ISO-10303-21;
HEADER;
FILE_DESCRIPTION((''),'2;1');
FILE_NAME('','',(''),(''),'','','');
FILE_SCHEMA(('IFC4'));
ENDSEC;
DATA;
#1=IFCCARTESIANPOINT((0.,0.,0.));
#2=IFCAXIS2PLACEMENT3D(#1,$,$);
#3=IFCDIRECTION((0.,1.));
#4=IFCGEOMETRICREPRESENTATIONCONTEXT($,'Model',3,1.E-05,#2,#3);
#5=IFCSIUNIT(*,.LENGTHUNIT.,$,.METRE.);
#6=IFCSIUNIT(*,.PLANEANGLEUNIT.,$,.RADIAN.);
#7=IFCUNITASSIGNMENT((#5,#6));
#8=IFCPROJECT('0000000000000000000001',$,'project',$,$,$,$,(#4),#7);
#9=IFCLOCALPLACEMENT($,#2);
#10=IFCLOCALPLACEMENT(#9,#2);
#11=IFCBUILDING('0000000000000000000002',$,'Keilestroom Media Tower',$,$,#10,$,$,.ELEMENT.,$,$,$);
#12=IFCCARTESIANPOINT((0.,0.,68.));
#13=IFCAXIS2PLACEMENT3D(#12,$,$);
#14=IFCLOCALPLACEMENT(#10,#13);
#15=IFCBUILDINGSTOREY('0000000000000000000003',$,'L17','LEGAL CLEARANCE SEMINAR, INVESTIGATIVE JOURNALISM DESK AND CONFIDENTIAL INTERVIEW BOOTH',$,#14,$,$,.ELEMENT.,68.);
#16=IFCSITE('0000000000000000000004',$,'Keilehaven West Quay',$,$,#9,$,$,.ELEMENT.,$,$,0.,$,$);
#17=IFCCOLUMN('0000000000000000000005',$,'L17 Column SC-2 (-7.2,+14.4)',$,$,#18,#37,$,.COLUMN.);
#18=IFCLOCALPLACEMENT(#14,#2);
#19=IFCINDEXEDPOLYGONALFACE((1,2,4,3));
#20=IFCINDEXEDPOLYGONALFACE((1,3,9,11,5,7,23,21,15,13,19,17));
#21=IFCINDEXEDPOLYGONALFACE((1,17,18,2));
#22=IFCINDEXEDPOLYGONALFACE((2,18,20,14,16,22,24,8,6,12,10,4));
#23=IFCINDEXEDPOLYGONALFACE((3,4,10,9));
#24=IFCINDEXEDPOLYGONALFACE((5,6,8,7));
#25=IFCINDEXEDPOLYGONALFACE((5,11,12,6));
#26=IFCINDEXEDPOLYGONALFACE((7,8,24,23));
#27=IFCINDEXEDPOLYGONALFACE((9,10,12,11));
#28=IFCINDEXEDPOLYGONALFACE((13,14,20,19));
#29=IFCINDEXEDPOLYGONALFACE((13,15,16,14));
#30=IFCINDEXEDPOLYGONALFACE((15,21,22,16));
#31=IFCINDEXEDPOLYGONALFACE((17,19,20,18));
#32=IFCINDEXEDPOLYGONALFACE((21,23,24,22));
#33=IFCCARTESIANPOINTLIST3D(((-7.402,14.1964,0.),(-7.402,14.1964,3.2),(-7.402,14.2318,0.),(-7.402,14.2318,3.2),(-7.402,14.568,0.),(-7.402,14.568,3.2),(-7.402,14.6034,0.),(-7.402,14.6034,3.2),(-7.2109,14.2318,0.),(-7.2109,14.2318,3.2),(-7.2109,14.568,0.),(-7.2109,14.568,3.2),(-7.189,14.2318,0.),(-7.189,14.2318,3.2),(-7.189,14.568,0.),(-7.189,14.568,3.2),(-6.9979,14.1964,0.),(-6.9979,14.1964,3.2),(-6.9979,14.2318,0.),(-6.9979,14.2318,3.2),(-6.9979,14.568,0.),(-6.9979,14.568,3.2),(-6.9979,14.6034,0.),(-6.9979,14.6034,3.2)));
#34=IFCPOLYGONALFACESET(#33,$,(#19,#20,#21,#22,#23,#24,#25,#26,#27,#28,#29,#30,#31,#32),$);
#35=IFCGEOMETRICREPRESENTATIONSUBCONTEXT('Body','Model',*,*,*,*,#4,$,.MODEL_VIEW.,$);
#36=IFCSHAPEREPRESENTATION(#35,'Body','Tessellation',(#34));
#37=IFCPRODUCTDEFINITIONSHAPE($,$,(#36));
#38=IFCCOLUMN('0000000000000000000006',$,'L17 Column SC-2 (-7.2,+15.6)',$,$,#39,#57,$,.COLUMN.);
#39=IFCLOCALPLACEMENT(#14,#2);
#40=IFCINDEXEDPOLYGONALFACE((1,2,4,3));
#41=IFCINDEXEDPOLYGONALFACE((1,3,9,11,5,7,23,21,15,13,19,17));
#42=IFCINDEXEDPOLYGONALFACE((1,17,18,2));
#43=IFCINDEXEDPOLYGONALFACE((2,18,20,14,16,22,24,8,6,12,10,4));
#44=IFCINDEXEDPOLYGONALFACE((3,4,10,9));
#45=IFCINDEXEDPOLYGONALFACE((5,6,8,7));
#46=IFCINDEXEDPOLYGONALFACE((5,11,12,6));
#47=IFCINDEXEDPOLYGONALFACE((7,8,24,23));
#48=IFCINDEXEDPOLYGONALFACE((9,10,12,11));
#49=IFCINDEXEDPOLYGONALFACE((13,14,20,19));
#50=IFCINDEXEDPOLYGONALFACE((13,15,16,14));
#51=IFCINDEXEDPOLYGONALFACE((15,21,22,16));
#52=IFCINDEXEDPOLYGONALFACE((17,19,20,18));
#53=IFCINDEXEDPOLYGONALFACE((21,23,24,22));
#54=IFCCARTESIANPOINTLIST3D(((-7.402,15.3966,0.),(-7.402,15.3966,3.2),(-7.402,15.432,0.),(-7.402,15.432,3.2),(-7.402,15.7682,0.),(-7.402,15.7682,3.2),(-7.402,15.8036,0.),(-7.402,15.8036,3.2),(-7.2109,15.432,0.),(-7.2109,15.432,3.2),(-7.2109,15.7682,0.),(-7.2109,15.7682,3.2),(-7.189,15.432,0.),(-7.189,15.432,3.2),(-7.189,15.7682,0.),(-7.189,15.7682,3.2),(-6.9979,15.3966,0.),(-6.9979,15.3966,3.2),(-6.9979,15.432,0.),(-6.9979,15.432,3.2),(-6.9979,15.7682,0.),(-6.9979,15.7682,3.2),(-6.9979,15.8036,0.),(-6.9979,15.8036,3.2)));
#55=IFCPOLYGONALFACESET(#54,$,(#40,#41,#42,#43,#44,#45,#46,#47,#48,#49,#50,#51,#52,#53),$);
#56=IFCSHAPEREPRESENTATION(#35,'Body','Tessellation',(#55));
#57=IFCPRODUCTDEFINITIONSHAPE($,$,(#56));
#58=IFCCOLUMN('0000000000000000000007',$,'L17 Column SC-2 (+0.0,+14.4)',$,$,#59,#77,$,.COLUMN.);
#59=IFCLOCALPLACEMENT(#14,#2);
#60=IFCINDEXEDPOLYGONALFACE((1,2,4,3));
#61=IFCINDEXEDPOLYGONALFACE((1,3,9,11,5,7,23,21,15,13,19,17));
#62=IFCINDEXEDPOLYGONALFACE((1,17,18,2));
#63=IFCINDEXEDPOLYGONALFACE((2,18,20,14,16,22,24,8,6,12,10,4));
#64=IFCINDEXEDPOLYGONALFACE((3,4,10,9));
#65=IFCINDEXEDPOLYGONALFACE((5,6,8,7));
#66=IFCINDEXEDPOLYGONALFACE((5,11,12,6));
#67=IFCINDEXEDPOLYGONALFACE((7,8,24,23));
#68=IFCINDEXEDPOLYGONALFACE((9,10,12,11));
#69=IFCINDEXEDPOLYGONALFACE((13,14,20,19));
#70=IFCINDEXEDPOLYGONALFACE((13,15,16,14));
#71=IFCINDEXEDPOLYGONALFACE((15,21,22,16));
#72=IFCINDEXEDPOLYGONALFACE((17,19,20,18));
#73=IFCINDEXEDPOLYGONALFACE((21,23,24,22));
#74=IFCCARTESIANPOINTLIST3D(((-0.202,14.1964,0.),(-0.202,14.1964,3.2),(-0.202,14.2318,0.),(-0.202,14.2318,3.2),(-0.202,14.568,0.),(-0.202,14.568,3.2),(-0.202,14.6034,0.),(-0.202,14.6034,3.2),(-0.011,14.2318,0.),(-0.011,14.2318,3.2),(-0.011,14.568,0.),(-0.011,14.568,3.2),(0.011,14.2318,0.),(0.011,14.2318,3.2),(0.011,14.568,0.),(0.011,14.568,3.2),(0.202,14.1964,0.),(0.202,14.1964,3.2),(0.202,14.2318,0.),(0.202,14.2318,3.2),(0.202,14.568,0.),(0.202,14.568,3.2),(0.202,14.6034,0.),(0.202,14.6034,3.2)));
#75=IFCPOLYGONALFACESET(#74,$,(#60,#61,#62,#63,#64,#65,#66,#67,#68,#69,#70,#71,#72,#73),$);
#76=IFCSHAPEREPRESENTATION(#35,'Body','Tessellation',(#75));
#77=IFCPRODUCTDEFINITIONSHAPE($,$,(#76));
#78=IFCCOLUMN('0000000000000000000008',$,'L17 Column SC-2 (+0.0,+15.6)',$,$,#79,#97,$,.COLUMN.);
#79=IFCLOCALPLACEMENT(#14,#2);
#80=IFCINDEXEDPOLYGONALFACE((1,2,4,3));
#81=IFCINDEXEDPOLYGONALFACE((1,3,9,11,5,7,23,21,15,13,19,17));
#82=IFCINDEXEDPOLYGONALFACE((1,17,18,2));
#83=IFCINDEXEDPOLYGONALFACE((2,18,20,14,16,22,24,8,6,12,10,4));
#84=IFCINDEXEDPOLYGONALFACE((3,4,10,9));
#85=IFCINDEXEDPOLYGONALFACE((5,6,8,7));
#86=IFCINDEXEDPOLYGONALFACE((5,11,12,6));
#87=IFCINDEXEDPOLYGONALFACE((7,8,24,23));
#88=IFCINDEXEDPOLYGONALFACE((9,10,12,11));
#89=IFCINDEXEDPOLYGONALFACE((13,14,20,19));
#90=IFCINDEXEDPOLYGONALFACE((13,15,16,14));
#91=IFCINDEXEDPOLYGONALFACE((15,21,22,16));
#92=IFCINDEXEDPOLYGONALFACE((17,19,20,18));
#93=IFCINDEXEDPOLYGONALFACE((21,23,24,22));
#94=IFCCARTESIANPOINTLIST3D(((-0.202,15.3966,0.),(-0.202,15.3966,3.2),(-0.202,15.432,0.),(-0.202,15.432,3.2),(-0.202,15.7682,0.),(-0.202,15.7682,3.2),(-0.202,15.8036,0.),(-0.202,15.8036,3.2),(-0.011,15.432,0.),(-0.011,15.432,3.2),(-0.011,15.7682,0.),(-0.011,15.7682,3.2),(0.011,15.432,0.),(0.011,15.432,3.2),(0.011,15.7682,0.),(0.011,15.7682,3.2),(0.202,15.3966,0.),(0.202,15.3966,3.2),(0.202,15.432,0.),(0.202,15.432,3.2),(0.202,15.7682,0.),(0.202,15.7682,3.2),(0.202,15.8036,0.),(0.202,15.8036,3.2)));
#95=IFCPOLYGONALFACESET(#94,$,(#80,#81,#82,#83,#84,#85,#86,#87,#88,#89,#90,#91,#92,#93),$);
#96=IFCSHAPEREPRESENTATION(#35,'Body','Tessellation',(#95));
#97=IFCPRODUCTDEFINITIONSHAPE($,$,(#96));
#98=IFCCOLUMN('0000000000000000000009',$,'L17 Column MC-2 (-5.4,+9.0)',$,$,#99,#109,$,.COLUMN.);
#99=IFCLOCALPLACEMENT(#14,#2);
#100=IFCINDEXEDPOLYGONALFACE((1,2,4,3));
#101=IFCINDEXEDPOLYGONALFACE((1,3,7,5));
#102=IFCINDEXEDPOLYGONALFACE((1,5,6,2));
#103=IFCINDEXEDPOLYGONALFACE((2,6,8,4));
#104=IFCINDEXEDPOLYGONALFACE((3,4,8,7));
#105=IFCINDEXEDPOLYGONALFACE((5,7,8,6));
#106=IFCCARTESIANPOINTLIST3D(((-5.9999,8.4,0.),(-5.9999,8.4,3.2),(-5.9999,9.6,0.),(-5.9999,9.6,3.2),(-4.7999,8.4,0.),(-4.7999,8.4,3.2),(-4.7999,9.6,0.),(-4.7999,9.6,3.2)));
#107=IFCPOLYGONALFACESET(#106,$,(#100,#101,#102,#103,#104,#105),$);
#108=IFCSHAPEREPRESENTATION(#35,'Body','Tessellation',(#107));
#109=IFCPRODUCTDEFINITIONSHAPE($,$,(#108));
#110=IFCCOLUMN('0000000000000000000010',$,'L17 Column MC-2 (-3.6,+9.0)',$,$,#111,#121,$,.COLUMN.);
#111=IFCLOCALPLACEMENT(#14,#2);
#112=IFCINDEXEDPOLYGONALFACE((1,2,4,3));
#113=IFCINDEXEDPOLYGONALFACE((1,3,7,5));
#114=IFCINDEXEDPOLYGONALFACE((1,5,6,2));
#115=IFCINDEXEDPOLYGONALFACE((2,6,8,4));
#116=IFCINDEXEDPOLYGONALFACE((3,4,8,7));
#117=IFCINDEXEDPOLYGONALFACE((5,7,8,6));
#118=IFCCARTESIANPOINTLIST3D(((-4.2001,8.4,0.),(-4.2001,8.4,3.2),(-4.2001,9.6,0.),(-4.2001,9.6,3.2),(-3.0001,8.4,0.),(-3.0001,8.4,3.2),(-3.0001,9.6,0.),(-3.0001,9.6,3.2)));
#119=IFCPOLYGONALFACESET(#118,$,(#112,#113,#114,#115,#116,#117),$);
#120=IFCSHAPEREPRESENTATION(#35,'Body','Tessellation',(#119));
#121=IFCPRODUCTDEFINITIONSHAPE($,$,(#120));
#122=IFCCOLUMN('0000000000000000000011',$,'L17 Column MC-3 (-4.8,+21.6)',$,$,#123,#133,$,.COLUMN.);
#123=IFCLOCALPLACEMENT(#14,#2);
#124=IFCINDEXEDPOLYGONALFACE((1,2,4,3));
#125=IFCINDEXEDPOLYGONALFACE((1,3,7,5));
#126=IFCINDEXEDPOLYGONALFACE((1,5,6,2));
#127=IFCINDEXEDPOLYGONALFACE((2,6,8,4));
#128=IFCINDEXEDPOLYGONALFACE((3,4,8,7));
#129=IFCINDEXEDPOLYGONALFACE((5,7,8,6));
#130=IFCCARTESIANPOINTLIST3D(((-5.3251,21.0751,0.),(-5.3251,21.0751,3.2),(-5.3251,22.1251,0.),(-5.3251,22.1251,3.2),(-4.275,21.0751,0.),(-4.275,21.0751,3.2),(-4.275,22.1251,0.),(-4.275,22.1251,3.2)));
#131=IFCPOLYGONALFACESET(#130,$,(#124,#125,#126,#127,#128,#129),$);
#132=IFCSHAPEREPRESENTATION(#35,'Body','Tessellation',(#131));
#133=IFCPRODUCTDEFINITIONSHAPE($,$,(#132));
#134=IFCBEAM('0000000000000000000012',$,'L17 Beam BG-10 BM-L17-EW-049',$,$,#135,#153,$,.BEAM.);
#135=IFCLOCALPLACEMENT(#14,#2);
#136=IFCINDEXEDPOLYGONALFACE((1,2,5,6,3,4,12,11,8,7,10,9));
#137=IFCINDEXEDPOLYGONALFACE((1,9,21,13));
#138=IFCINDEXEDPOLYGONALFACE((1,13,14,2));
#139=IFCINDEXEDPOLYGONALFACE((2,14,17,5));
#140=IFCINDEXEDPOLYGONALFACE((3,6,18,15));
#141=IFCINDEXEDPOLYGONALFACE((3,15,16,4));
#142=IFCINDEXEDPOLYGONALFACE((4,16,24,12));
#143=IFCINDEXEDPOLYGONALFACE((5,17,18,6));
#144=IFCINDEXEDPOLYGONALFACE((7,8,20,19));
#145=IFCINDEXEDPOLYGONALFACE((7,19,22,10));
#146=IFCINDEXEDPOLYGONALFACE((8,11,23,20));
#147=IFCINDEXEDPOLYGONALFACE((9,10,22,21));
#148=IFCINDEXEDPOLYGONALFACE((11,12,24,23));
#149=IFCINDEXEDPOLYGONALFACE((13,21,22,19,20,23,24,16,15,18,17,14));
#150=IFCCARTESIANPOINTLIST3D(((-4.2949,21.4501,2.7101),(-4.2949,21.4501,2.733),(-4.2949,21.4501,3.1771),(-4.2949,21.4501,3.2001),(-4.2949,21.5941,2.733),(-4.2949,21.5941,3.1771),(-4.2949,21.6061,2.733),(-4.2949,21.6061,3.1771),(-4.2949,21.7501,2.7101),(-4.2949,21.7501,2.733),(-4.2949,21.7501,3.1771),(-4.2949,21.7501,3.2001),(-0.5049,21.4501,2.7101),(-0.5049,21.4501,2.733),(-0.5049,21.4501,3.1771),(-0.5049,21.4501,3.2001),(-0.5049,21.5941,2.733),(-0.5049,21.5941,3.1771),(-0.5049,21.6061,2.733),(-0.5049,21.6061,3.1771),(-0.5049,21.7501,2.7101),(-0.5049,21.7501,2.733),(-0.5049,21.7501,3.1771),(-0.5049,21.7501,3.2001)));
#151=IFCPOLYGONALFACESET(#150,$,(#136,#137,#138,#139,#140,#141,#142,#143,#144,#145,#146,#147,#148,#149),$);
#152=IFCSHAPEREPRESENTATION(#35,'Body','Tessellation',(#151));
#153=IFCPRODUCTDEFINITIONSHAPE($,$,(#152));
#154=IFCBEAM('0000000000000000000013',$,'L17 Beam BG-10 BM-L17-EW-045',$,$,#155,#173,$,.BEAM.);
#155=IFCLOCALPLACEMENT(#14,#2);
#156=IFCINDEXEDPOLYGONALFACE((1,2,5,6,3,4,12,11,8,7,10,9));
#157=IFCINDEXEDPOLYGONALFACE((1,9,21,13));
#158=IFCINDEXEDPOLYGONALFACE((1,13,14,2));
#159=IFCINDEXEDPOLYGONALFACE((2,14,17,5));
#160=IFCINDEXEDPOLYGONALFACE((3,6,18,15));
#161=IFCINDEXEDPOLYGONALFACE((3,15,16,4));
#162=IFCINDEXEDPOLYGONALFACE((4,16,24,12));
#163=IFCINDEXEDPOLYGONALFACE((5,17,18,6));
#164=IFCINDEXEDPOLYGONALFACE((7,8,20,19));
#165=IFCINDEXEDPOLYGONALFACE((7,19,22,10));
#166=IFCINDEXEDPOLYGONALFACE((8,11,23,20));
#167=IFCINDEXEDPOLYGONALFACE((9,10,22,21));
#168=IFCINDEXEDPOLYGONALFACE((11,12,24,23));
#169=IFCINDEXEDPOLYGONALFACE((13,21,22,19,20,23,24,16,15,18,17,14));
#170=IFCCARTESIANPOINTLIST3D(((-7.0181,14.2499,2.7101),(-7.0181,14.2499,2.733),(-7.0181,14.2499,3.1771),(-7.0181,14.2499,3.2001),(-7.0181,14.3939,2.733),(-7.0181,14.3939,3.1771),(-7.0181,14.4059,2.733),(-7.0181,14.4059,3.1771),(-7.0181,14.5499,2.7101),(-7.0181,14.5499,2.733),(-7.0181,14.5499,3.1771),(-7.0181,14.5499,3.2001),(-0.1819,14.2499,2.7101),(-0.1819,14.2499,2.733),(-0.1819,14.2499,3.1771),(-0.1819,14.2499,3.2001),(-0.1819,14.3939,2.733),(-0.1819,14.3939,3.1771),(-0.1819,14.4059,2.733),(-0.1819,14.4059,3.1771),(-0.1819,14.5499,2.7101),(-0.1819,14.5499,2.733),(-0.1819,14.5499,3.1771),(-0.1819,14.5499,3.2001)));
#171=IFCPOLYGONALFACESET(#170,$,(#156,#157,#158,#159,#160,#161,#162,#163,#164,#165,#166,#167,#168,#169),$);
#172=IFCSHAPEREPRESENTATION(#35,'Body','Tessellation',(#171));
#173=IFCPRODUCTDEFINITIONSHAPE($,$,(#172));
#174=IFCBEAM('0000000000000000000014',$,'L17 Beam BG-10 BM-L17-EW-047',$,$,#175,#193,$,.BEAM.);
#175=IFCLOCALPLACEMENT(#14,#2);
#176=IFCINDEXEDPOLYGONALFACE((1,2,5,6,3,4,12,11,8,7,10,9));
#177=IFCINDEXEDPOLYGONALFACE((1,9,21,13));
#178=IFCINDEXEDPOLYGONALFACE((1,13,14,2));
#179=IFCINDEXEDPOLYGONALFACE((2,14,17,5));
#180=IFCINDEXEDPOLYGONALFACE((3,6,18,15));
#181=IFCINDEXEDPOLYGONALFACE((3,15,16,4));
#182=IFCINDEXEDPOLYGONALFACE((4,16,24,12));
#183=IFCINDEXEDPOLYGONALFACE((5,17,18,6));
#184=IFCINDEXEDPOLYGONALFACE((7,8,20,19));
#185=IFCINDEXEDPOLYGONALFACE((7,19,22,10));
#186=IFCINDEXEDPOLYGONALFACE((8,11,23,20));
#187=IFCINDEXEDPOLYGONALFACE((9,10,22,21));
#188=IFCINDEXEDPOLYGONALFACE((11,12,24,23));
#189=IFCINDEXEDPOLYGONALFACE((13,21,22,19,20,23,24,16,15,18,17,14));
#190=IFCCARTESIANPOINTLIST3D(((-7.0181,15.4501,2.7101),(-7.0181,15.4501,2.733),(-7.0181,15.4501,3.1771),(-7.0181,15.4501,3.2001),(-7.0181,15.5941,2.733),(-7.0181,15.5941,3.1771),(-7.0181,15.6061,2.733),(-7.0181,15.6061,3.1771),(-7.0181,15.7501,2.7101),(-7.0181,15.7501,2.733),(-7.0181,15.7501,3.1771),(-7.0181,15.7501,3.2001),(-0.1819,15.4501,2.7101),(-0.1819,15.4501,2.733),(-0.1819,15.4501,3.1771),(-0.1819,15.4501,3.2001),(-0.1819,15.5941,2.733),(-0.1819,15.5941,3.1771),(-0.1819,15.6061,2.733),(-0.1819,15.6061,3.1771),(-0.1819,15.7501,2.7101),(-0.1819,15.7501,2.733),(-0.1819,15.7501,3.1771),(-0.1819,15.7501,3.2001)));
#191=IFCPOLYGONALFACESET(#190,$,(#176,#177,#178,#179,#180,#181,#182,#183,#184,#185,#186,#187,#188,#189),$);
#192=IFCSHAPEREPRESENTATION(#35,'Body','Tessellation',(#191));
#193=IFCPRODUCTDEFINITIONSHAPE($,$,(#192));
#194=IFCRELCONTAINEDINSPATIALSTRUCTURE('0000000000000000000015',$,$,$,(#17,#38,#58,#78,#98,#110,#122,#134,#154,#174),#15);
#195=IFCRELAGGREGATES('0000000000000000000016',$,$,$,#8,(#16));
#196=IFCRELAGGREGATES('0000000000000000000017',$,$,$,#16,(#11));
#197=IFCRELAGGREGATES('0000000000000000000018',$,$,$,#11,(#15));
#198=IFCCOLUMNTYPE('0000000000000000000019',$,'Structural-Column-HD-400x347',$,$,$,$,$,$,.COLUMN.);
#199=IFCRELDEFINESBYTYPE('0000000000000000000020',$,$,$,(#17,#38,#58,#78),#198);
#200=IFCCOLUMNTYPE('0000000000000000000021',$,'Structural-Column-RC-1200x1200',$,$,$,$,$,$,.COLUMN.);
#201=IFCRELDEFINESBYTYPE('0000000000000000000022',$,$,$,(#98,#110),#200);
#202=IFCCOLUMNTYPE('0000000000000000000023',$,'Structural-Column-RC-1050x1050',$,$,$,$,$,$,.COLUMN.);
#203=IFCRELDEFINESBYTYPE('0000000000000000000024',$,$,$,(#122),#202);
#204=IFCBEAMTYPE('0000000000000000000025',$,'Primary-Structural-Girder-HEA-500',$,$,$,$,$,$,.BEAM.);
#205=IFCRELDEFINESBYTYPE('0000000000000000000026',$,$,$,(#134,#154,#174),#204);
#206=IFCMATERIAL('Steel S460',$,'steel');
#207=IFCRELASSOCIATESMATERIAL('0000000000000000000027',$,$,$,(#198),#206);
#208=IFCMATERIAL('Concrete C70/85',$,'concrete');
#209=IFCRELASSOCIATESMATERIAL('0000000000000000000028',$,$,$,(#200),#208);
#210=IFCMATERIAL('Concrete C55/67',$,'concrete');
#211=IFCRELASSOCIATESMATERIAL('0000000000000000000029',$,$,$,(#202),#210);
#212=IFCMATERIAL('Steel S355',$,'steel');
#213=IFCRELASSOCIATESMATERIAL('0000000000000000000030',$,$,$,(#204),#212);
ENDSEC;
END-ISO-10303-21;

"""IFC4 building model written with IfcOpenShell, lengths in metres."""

from ifc_helpers import new_model, si_unit, direction, frame, origin, origin_2d, place, context, subcontext, project, spatial, rectangle, i_section, extrude, source, transform, mapped, material, material_profile, profile_set, type_object, element, save


model = new_model("IFC4")

# Units and contexts
model_context = context("Model", 3, precision=1e-05, world=origin(), true_north=direction((0.0, 1.0)))
body_context = subcontext(model_context, "Body", "Model", "MODEL_VIEW")
ifc_project = project(units=[si_unit("LENGTHUNIT", "METRE"), si_unit("PLANEANGLEUNIT", "RADIAN")], contexts=[model_context])

# Site, building, storey
site_placement = place(None, origin())
site = spatial("IfcSite", under=ifc_project, at=site_placement, Name="Keilehaven West Quay", CompositionType="ELEMENT", RefElevation=0.0)
building_placement = place(site_placement, origin())
building = spatial("IfcBuilding", under=site, at=building_placement, Name="Keilestroom Media Tower", CompositionType="ELEMENT")
storey_placement = place(building_placement, frame((0.0, 0.0, 68.0)))
storey = spatial("IfcBuildingStorey", under=building, at=storey_placement, Name="L17", Description="LEGAL CLEARANCE SEMINAR, INVESTIGATIVE JOURNALISM DESK AND CONFIDENTIAL INTERVIEW BOOTH", CompositionType="ELEMENT", Elevation=68.0)

# Columns
ifc_material_1 = material(Name="Steel S460", Category="steel")
ifc_material_profile_1 = material_profile(ifc_material_1, i_section(OverallWidth=0.4041, OverallDepth=0.407, WebThickness=0.022, FlangeThickness=0.0354, at=origin_2d()), Name="HD 400x347")
ifc_profile_set_1 = profile_set([ifc_material_profile_1], Name="Steel S460")
column_type_1 = type_object("IfcColumnType", Name="Structural-Column-HD-400x347", PredefinedType="COLUMN", material=ifc_profile_set_1)
shared_shape_1 = source(origin(), body_context, "Body", "SweptSolid", [
    extrude(i_section(OverallWidth=0.4041, OverallDepth=0.407, WebThickness=0.022, FlangeThickness=0.0354, at=origin_2d()), origin(), (0.0, 0.0, 1.0), 3.2),
])
for number, where, z_axis, x_axis, name in (
    (1, (-7.2, 14.3999, 0.0), (0.0, 0.0, 1.0), (1.0, 0.0, 0.0), "L17 Column SC-2 (-7.2,+14.4)"),
    (2, (-7.2, 15.6001, 0.0), (0.0, 0.0, 1.0), (1.0, 0.0, 0.0), "L17 Column SC-2 (-7.2,+15.6)"),
    (3, (0.0, 14.3999, 0.0), (0.0, 0.0, 1.0), (1.0, 0.0, 0.0), "L17 Column SC-2 (+0.0,+14.4)"),
    (4, (0.0, 15.6001, 0.0), (0.0, 0.0, 1.0), (1.0, 0.0, 0.0), "L17 Column SC-2 (+0.0,+15.6)"),
):
    element("IfcColumn", number, at=place(storey_placement, frame(where, z_axis=z_axis, x_axis=x_axis)), inside=storey, type_object=column_type_1, Name=name, PredefinedType="COLUMN", context=body_context, shape_type="MappedRepresentation", body=[
        mapped(shared_shape_1, transform((0.0, 0.0, 0.0), x_axis=(1.0, 0.0, 0.0), y_axis=(0.0, 1.0, 0.0), z_axis=(0.0, 0.0, 1.0), scale=1.0)),
    ])
ifc_material_2 = material(Name="Concrete C70/85", Category="concrete")
ifc_material_profile_2 = material_profile(ifc_material_2, rectangle(XDim=1.2, YDim=1.2, at=origin_2d()), Name="RC 1200x1200")
ifc_profile_set_2 = profile_set([ifc_material_profile_2], Name="Concrete C70/85")
column_type_2 = type_object("IfcColumnType", Name="Structural-Column-RC-1200x1200", PredefinedType="COLUMN", material=ifc_profile_set_2)
shared_shape_2 = source(origin(), body_context, "Body", "SweptSolid", [
    extrude(rectangle(XDim=1.2, YDim=1.2, at=origin_2d()), origin(), (0.0, 0.0, 1.0), 3.2),
])
for number, where, z_axis, x_axis, name in (
    (5, (-5.3999, 9.0, 0.0), (0.0, 0.0, 1.0), (1.0, 0.0, 0.0), "L17 Column MC-2 (-5.4,+9.0)"),
    (6, (-3.6001, 9.0, 0.0), (0.0, 0.0, 1.0), (1.0, 0.0, 0.0), "L17 Column MC-2 (-3.6,+9.0)"),
):
    element("IfcColumn", number, at=place(storey_placement, frame(where, z_axis=z_axis, x_axis=x_axis)), inside=storey, type_object=column_type_2, Name=name, PredefinedType="COLUMN", context=body_context, shape_type="MappedRepresentation", body=[
        mapped(shared_shape_2, transform((0.0, 0.0, 0.0), x_axis=(1.0, 0.0, 0.0), y_axis=(0.0, 1.0, 0.0), z_axis=(0.0, 0.0, 1.0), scale=1.0)),
    ])
ifc_material_3 = material(Name="Concrete C55/67", Category="concrete")
ifc_material_profile_3 = material_profile(ifc_material_3, rectangle(XDim=1.05, YDim=1.05, at=origin_2d()), Name="RC 1050x1050")
ifc_profile_set_3 = profile_set([ifc_material_profile_3], Name="Concrete C55/67")
column_type_3 = type_object("IfcColumnType", Name="Structural-Column-RC-1050x1050", PredefinedType="COLUMN", material=ifc_profile_set_3)
shared_shape_3 = source(origin(), body_context, "Body", "SweptSolid", [
    extrude(rectangle(XDim=1.05, YDim=1.05, at=origin_2d()), origin(), (0.0, 0.0, 1.0), 3.2),
])
column_placement = place(storey_placement, frame((-4.8, 21.6001, 0.0), z_axis=(0.0, 0.0, 1.0), x_axis=(1.0, 0.0, 0.0)))
element("IfcColumn", 7, at=column_placement, inside=storey, type_object=column_type_3, Name="L17 Column MC-3 (-4.8,+21.6)", PredefinedType="COLUMN", context=body_context, shape_type="MappedRepresentation", body=[
    mapped(shared_shape_3, transform((0.0, 0.0, 0.0), x_axis=(1.0, 0.0, 0.0), y_axis=(0.0, 1.0, 0.0), z_axis=(0.0, 0.0, 1.0), scale=1.0)),
])

# Beams
ifc_material_4 = material(Name="Steel S355", Category="steel")
ifc_material_profile_4 = material_profile(ifc_material_4, i_section(OverallWidth=0.3, OverallDepth=0.49, WebThickness=0.012, FlangeThickness=0.0229, at=origin_2d()), Name="HEA 500")
ifc_profile_set_4 = profile_set([ifc_material_profile_4], Name="Steel S355")
beam_type = type_object("IfcBeamType", Name="Primary-Structural-Girder-HEA-500", PredefinedType="BEAM", material=ifc_profile_set_4)
shared_shape_4 = source(origin(), body_context, "Body", "SweptSolid", [
    extrude(i_section(OverallWidth=0.3, OverallDepth=0.49, WebThickness=0.012, FlangeThickness=0.0229, at=origin_2d()), origin(), (0.0, 0.0, 1.0), 3.79),
])
beam_1_placement = place(storey_placement, frame((-4.2949, 21.6001, 2.9551), z_axis=(1.0, 0.0, 0.0), x_axis=(0.0, 1.0, 0.0)))
element("IfcBeam", 8, at=beam_1_placement, inside=storey, type_object=beam_type, Name="L17 Beam BG-10 BM-L17-EW-049", PredefinedType="BEAM", context=body_context, shape_type="MappedRepresentation", body=[
    mapped(shared_shape_4, transform((0.0, 0.0, 0.0), x_axis=(1.0, 0.0, 0.0), y_axis=(0.0, 1.0, 0.0), z_axis=(0.0, 0.0, 1.0), scale=1.0)),
])
shared_shape_5 = source(origin(), body_context, "Body", "SweptSolid", [
    extrude(i_section(OverallWidth=0.3, OverallDepth=0.49, WebThickness=0.012, FlangeThickness=0.0229, at=origin_2d()), origin(), (0.0, 0.0, 1.0), 6.8362),
])
for number, where, z_axis, x_axis, name in (
    (9, (-7.0181, 14.3999, 2.9551), (1.0, 0.0, 0.0), (0.0, 1.0, 0.0), "L17 Beam BG-10 BM-L17-EW-045"),
    (10, (-7.0181, 15.6001, 2.9551), (1.0, 0.0, 0.0), (0.0, 1.0, 0.0), "L17 Beam BG-10 BM-L17-EW-047"),
):
    element("IfcBeam", number, at=place(storey_placement, frame(where, z_axis=z_axis, x_axis=x_axis)), inside=storey, type_object=beam_type, Name=name, PredefinedType="BEAM", context=body_context, shape_type="MappedRepresentation", body=[
        mapped(shared_shape_5, transform((0.0, 0.0, 0.0), x_axis=(1.0, 0.0, 0.0), y_axis=(0.0, 1.0, 0.0), z_axis=(0.0, 0.0, 1.0), scale=1.0)),
    ])

save(model, "model.ifc")
